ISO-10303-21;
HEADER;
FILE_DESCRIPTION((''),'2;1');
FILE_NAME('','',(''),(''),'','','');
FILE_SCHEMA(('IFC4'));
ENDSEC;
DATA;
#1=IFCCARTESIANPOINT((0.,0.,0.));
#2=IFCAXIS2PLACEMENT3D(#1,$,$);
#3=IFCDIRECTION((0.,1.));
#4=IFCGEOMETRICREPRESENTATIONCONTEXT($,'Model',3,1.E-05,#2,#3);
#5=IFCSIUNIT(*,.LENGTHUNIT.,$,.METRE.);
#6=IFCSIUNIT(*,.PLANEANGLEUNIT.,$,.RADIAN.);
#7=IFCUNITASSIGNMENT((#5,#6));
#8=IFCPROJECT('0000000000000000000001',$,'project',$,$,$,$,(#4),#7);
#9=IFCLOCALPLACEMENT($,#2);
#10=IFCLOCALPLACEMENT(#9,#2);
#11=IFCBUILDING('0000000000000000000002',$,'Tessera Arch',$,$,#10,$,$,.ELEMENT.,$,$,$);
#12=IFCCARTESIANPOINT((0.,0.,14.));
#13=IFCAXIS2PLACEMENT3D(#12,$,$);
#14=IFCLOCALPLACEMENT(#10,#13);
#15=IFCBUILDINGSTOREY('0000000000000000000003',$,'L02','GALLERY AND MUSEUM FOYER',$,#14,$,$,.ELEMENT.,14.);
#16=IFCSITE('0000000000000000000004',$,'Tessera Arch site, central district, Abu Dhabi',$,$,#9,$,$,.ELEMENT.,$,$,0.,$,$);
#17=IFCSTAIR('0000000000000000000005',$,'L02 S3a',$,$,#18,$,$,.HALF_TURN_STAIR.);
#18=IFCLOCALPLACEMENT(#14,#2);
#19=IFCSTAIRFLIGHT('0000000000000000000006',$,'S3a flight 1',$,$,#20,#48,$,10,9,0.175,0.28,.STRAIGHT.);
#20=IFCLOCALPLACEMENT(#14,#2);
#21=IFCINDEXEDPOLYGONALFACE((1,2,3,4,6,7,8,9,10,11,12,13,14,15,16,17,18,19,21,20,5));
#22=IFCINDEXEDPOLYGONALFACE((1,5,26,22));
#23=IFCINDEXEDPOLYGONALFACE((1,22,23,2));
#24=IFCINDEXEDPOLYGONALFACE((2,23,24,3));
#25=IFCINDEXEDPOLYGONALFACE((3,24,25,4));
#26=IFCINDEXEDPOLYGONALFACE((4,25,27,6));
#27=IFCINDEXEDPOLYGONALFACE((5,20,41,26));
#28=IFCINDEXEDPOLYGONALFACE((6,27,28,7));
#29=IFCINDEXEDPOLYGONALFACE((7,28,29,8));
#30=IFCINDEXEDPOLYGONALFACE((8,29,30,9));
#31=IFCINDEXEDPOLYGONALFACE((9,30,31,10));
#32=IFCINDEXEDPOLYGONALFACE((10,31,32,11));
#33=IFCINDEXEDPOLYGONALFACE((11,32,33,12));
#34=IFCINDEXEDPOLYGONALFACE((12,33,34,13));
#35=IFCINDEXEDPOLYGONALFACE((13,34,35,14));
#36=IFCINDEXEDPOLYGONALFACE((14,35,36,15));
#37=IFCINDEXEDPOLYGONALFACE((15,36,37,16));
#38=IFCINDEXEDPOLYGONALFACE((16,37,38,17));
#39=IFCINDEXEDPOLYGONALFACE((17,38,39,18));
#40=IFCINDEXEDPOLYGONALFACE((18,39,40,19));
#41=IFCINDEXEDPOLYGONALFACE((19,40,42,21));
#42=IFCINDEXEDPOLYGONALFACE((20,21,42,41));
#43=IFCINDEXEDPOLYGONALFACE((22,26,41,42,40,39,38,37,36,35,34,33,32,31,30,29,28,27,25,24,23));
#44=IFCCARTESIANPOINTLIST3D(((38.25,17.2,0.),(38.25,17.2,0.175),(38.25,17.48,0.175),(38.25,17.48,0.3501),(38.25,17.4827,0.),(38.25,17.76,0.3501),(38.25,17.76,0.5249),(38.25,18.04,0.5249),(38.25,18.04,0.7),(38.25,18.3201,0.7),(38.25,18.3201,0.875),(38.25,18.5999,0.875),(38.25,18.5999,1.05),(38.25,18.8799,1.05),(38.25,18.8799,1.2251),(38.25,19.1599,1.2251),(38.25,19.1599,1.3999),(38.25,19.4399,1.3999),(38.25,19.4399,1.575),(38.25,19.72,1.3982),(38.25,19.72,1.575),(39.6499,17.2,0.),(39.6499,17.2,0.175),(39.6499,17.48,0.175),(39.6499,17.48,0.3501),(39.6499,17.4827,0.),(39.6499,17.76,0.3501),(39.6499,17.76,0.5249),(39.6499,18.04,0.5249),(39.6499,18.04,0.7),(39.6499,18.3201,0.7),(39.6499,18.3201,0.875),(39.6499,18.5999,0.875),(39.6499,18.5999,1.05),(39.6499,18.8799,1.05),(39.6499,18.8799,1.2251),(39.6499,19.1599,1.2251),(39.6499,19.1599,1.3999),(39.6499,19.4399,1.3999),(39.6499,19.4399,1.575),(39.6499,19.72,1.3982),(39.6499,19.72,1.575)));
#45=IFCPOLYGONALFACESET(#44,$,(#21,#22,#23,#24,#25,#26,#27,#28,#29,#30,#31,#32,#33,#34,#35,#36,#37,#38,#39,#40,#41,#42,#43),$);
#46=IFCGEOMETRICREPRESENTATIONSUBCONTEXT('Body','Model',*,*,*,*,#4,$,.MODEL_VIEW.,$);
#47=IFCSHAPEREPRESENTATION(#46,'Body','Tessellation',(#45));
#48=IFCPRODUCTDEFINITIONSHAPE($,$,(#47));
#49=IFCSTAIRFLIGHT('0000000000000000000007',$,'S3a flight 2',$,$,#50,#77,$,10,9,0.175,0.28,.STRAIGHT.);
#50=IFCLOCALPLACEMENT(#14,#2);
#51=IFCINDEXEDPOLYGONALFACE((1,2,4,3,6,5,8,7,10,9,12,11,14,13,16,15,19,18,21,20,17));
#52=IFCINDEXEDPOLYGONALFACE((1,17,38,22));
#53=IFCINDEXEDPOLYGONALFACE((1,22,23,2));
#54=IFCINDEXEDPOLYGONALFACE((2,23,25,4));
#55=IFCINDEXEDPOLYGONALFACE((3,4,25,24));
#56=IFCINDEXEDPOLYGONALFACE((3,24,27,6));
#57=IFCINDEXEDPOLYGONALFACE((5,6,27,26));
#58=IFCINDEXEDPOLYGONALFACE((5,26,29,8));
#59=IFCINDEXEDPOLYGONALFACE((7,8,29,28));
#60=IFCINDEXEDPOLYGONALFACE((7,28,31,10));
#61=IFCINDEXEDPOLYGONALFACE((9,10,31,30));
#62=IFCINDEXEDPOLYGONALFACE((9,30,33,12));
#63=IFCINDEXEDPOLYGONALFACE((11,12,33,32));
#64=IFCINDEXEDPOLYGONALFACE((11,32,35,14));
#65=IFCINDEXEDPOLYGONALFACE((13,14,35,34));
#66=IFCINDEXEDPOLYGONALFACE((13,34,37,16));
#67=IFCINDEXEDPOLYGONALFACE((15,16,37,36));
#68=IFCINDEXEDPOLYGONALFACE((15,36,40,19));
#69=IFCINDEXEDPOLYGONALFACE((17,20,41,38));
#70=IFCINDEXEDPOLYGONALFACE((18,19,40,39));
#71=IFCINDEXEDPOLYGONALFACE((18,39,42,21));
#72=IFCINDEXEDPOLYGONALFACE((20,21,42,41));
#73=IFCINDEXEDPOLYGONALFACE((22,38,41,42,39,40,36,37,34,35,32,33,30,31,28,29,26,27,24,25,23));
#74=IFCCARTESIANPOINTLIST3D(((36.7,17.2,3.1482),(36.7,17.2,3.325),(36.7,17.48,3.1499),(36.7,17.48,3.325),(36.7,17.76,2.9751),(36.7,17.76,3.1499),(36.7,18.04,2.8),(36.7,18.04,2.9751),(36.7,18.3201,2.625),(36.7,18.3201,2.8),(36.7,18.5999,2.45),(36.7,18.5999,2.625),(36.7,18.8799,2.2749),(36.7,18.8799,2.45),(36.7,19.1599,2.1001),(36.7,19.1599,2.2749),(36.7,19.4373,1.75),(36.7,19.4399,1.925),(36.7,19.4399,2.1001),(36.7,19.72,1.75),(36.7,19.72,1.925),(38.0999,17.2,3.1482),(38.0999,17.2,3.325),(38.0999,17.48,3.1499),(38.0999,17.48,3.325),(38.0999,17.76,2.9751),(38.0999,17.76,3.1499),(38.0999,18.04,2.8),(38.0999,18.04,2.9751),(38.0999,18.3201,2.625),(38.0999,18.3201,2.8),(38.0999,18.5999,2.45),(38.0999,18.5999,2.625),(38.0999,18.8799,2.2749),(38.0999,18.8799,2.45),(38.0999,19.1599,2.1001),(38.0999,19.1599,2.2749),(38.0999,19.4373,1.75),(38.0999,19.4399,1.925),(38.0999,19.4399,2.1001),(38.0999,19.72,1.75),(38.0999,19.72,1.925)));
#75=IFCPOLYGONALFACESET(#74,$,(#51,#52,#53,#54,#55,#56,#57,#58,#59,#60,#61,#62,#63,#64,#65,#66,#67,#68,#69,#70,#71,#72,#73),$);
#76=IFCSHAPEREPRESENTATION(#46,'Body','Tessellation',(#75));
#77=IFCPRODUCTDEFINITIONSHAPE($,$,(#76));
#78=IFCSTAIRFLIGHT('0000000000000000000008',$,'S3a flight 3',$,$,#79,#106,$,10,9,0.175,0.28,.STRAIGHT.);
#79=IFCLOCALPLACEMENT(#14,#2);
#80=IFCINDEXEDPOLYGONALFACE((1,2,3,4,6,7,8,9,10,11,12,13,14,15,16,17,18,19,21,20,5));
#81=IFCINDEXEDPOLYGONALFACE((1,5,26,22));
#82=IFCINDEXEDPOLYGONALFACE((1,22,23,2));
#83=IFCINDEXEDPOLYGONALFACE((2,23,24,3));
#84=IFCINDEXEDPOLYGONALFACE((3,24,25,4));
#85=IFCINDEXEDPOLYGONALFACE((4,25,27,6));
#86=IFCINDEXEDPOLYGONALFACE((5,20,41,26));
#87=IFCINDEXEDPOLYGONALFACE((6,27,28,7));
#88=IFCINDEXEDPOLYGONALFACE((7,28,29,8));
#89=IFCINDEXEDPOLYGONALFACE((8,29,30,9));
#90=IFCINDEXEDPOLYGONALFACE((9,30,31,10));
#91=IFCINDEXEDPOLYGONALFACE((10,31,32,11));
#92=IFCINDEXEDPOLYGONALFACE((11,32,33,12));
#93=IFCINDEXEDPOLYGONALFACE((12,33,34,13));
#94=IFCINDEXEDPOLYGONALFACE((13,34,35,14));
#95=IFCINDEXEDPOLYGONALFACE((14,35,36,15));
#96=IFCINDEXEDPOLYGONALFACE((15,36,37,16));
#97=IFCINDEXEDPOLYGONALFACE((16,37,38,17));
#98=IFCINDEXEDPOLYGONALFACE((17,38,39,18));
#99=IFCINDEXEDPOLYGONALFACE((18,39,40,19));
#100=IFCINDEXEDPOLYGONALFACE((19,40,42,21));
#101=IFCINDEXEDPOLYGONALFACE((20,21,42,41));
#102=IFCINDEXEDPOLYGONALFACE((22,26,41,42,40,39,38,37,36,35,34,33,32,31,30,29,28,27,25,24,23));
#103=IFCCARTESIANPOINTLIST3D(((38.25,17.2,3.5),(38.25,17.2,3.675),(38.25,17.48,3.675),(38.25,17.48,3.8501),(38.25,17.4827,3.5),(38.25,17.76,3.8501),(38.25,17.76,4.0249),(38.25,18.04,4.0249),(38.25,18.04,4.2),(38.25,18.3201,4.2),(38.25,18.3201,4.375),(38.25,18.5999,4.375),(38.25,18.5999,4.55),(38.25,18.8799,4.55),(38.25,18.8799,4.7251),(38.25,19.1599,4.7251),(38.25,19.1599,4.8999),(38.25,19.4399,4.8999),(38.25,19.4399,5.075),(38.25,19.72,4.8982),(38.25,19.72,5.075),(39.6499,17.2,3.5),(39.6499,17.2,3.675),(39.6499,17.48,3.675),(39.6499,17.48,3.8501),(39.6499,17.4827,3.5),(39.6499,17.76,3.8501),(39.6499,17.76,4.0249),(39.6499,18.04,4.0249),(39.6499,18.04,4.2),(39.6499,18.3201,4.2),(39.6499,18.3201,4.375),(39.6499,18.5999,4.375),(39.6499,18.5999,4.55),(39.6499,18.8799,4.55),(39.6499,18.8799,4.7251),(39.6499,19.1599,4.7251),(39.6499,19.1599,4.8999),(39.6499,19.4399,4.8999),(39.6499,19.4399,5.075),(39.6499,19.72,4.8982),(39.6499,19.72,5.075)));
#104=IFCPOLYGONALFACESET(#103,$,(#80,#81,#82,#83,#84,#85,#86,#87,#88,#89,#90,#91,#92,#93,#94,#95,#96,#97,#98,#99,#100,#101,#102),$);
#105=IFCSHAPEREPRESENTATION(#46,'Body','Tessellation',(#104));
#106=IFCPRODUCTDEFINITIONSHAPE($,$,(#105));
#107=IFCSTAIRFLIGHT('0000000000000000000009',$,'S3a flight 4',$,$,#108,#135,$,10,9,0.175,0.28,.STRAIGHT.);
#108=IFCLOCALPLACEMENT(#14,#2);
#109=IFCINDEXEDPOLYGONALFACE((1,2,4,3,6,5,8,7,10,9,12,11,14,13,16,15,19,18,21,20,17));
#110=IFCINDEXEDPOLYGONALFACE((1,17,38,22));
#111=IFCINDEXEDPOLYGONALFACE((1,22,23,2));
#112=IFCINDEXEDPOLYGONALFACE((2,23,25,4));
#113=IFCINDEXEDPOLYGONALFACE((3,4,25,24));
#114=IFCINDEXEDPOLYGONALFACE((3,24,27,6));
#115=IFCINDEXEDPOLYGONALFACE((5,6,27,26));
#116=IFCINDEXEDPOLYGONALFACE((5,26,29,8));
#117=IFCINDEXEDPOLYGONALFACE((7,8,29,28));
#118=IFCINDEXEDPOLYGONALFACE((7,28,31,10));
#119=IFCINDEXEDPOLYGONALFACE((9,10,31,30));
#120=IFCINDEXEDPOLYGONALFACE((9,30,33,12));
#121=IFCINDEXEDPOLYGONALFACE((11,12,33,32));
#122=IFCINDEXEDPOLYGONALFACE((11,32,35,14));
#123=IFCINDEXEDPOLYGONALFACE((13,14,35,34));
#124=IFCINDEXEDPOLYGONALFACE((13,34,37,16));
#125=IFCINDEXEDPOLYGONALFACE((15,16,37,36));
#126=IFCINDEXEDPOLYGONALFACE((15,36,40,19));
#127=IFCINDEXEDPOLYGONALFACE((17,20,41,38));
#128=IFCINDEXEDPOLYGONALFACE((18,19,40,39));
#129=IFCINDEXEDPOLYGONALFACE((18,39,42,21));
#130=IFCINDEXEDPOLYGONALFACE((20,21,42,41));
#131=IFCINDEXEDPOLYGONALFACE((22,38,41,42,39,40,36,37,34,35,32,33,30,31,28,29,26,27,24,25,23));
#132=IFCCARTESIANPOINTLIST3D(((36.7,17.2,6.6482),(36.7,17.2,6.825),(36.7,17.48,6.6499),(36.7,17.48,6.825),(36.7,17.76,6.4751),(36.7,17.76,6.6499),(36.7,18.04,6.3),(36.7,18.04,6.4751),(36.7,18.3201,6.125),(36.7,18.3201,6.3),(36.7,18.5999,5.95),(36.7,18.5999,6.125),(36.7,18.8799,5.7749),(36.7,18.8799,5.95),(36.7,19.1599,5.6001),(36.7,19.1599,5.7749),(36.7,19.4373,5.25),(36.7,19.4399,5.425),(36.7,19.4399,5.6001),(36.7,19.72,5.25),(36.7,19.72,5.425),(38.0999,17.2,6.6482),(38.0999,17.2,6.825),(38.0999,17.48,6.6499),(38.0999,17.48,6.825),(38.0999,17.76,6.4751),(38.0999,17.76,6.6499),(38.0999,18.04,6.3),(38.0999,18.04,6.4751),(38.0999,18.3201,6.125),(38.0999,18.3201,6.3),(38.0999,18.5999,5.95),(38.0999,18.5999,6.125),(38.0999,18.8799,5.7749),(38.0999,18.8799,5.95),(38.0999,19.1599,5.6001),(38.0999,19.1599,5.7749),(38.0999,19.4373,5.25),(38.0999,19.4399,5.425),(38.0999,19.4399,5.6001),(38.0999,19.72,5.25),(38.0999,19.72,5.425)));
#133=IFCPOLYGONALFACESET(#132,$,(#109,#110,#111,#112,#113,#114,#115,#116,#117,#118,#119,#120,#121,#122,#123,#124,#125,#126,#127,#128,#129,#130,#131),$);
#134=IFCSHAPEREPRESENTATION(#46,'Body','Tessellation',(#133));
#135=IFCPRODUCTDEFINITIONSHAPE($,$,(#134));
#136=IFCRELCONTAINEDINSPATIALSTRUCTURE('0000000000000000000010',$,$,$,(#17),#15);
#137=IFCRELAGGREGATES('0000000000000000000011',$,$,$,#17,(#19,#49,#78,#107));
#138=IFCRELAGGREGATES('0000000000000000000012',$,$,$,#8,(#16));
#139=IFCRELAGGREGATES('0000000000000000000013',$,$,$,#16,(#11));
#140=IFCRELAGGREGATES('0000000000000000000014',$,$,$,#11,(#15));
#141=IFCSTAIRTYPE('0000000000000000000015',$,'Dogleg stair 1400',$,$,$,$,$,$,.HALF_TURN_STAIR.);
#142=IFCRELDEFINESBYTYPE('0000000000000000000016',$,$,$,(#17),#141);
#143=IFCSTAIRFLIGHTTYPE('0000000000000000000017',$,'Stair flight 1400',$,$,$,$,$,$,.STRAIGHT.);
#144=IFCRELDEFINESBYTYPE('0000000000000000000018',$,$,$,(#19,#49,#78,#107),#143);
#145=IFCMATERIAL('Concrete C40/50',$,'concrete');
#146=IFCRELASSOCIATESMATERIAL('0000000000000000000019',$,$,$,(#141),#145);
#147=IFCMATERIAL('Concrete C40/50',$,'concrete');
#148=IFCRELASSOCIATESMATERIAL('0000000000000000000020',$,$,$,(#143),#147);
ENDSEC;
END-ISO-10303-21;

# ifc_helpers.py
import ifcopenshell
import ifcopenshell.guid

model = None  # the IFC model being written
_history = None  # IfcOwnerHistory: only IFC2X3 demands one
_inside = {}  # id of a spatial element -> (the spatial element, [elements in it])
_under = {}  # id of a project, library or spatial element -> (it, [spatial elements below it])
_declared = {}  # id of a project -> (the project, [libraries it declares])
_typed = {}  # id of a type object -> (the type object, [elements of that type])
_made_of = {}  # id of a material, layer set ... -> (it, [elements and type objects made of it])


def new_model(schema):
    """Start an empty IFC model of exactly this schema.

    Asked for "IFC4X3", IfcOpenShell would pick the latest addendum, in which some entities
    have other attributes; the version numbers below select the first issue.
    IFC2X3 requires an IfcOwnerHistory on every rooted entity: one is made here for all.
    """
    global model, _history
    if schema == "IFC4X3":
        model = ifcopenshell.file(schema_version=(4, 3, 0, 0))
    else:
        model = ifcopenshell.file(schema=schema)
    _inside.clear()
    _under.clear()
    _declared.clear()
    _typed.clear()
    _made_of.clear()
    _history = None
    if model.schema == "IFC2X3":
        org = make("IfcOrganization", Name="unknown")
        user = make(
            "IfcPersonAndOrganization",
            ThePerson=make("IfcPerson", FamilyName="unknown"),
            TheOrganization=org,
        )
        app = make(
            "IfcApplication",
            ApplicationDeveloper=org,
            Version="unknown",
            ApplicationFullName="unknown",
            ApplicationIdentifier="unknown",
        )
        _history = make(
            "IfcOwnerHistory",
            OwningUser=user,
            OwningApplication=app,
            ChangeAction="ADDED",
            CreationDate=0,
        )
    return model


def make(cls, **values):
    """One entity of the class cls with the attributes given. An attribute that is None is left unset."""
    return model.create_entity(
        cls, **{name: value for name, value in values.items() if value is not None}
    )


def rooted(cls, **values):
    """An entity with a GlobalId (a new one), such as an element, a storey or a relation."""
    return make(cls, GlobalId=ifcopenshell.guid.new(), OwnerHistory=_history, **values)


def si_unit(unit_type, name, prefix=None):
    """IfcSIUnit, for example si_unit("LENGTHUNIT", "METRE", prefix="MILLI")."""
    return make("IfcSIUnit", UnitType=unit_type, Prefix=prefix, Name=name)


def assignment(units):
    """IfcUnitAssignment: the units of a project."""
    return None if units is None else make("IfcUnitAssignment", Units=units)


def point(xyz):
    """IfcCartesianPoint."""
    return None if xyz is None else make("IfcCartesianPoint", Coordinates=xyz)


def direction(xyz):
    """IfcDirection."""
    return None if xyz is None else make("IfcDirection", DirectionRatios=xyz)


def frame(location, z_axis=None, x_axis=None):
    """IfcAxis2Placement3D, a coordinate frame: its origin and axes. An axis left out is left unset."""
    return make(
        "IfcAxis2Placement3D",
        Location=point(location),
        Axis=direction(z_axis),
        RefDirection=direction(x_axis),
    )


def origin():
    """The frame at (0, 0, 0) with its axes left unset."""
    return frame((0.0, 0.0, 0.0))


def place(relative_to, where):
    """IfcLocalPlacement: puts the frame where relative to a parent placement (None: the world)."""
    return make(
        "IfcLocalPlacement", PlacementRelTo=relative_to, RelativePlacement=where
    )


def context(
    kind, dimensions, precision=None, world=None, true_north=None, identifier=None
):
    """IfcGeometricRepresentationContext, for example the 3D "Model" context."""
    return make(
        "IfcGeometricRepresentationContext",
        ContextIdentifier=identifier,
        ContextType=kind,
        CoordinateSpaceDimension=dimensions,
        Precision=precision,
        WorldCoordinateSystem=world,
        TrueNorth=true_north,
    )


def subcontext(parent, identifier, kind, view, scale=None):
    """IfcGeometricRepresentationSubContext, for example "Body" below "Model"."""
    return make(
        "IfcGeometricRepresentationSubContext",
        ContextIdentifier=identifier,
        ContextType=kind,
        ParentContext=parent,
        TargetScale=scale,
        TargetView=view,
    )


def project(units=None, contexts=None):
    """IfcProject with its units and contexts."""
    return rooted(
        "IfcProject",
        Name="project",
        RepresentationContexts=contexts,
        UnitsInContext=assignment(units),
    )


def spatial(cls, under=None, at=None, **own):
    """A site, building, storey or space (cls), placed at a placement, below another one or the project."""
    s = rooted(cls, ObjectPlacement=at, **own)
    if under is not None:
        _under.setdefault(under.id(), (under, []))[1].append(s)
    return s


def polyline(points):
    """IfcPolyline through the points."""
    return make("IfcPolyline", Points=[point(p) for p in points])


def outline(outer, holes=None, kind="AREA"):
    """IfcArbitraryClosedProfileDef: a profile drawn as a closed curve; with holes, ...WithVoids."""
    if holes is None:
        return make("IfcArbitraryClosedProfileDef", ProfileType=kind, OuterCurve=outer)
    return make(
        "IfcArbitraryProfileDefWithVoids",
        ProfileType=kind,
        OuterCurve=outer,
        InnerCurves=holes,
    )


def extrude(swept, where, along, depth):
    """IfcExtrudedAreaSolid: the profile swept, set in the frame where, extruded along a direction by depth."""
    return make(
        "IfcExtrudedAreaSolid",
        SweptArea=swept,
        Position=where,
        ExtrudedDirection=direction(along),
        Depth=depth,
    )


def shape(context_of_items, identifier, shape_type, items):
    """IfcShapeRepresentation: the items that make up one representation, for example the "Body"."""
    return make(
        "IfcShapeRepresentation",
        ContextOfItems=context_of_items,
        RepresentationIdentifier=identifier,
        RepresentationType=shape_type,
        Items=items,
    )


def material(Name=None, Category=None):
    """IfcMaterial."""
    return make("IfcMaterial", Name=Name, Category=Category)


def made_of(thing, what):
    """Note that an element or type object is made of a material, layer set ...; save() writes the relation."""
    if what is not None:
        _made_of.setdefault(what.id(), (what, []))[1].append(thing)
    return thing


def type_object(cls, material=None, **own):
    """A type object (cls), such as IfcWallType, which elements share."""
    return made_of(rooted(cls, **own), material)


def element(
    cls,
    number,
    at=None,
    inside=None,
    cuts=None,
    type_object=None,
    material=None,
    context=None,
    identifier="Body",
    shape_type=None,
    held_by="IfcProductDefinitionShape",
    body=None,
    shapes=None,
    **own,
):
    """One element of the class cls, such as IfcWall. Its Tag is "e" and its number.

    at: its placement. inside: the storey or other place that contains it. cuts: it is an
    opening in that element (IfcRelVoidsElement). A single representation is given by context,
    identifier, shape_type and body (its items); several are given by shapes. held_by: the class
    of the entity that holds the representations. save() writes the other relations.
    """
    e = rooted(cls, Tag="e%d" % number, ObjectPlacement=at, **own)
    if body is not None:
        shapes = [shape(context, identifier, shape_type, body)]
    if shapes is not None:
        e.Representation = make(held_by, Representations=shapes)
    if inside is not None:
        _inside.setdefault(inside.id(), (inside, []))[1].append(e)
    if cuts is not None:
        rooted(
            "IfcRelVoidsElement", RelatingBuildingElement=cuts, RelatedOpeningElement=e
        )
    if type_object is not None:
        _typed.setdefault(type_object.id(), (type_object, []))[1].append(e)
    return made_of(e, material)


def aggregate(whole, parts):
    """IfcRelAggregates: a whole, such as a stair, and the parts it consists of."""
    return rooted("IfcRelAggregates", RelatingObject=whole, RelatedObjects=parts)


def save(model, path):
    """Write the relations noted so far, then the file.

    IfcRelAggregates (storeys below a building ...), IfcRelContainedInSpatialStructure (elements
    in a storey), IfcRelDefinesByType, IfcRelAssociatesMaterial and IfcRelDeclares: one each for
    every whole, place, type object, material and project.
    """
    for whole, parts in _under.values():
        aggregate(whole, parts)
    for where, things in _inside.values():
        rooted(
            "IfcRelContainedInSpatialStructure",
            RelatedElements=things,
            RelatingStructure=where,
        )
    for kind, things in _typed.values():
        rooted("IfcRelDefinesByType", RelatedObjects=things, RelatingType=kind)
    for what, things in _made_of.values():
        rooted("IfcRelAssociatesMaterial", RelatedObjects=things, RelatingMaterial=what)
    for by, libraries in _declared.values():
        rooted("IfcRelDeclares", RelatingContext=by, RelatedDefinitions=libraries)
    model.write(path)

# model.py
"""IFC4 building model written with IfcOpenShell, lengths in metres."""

from ifc_helpers import new_model, si_unit, direction, frame, origin, place, context, subcontext, project, spatial, polyline, outline, extrude, material, type_object, element, aggregate, save


model = new_model("IFC4")

# Units and contexts
model_context = context("Model", 3, precision=1e-05, world=origin(), true_north=direction((0.0, 1.0)))
body_context = subcontext(model_context, "Body", "Model", "MODEL_VIEW")
ifc_project = project(units=[si_unit("LENGTHUNIT", "METRE"), si_unit("PLANEANGLEUNIT", "RADIAN")], contexts=[model_context])

# Site, building, storey
site_placement = place(None, origin())
site = spatial("IfcSite", under=ifc_project, at=site_placement, Name="Tessera Arch site, central district, Abu Dhabi", CompositionType="ELEMENT", RefElevation=0.0)
building_placement = place(site_placement, origin())
building = spatial("IfcBuilding", under=site, at=building_placement, Name="Tessera Arch", CompositionType="ELEMENT")
storey_placement = place(building_placement, frame((0.0, 0.0, 14.0)))
storey = spatial("IfcBuildingStorey", under=building, at=storey_placement, Name="L02", Description="GALLERY AND MUSEUM FOYER", CompositionType="ELEMENT", Elevation=14.0)

# Stair, stair flights
ifc_material_1 = material(Name="Concrete C40/50", Category="concrete")
stair_type = type_object("IfcStairType", Name="Dogleg stair 1400", PredefinedType="HALF_TURN_STAIR", material=ifc_material_1)
stair_placement = place(storey_placement, origin())
stair = element("IfcStair", 1, at=stair_placement, inside=storey, type_object=stair_type, Name="L02 S3a", PredefinedType="HALF_TURN_STAIR")
ifc_material_2 = material(Name="Concrete C40/50", Category="concrete")
stair_flight_type = type_object("IfcStairFlightType", Name="Stair flight 1400", PredefinedType="STRAIGHT", material=ifc_material_2)
stair_flight_1_placement = place(storey_placement, frame((38.95, 17.2, 0.0), z_axis=(0.0, 0.0, 1.0), x_axis=(0.0, 1.0, 0.0)))
stair_flight_1 = element("IfcStairFlight", 2, at=stair_flight_1_placement, type_object=stair_flight_type, Name="S3a flight 1", NumberOfRisers=10, NumberOfTreads=9, PredefinedType="STRAIGHT", RiserHeight=0.175, TreadLength=0.28, context=body_context, shape_type="SweptSolid", body=[
    extrude(outline(polyline([(0.0, 0.0), (0.0, 0.175), (0.28, 0.175), (0.28, 0.3501), (0.5601, 0.3501), (0.5601, 0.5249), (0.8401, 0.5249), (0.8401, 0.7), (1.1201, 0.7), (1.1201, 0.875), (1.3999, 0.875), (1.3999, 1.05), (1.6799, 1.05), (1.6799, 1.2251), (1.96, 1.2251), (1.96, 1.3999), (2.24, 1.3999), (2.24, 1.575), (2.52, 1.575), (2.52, 1.75), (2.52, 1.3982), (0.2827, 0.0), (0.0, 0.0)])), frame((0.0, 0.7, 0.0), z_axis=(0.0, -1.0, 0.0), x_axis=(1.0, 0.0, 0.0)), (0.0, 0.0, 1.0), 1.3999),
])
stair_flight_2_placement = place(storey_placement, frame((37.3999, 19.72, 1.75), z_axis=(0.0, 0.0, 1.0), x_axis=(0.0, -1.0, 0.0)))
stair_flight_2 = element("IfcStairFlight", 3, at=stair_flight_2_placement, type_object=stair_flight_type, Name="S3a flight 2", NumberOfRisers=10, NumberOfTreads=9, PredefinedType="STRAIGHT", RiserHeight=0.175, TreadLength=0.28, context=body_context, shape_type="SweptSolid", body=[
    extrude(outline(polyline([(0.0, 0.0), (0.0, 0.175), (0.28, 0.175), (0.28, 0.3501), (0.5601, 0.3501), (0.5601, 0.5249), (0.8401, 0.5249), (0.8401, 0.7), (1.1201, 0.7), (1.1201, 0.875), (1.3999, 0.875), (1.3999, 1.05), (1.6799, 1.05), (1.6799, 1.2251), (1.96, 1.2251), (1.96, 1.3999), (2.24, 1.3999), (2.24, 1.575), (2.52, 1.575), (2.52, 1.75), (2.52, 1.3982), (0.2827, 0.0), (0.0, 0.0)])), frame((0.0, 0.7, 0.0), z_axis=(0.0, -1.0, 0.0), x_axis=(1.0, 0.0, 0.0)), (0.0, 0.0, 1.0), 1.3999),
])
stair_flight_3_placement = place(storey_placement, frame((38.95, 17.2, 3.5), z_axis=(0.0, 0.0, 1.0), x_axis=(0.0, 1.0, 0.0)))
stair_flight_3 = element("IfcStairFlight", 4, at=stair_flight_3_placement, type_object=stair_flight_type, Name="S3a flight 3", NumberOfRisers=10, NumberOfTreads=9, PredefinedType="STRAIGHT", RiserHeight=0.175, TreadLength=0.28, context=body_context, shape_type="SweptSolid", body=[
    extrude(outline(polyline([(0.0, 0.0), (0.0, 0.175), (0.28, 0.175), (0.28, 0.3501), (0.5601, 0.3501), (0.5601, 0.5249), (0.8401, 0.5249), (0.8401, 0.7), (1.1201, 0.7), (1.1201, 0.875), (1.3999, 0.875), (1.3999, 1.05), (1.6799, 1.05), (1.6799, 1.2251), (1.96, 1.2251), (1.96, 1.3999), (2.24, 1.3999), (2.24, 1.575), (2.52, 1.575), (2.52, 1.75), (2.52, 1.3982), (0.2827, 0.0), (0.0, 0.0)])), frame((0.0, 0.7, 0.0), z_axis=(0.0, -1.0, 0.0), x_axis=(1.0, 0.0, 0.0)), (0.0, 0.0, 1.0), 1.3999),
])
stair_flight_4_placement = place(storey_placement, frame((37.3999, 19.72, 5.25), z_axis=(0.0, 0.0, 1.0), x_axis=(0.0, -1.0, 0.0)))
stair_flight_4 = element("IfcStairFlight", 5, at=stair_flight_4_placement, type_object=stair_flight_type, Name="S3a flight 4", NumberOfRisers=10, NumberOfTreads=9, PredefinedType="STRAIGHT", RiserHeight=0.175, TreadLength=0.28, context=body_context, shape_type="SweptSolid", body=[
    extrude(outline(polyline([(0.0, 0.0), (0.0, 0.175), (0.28, 0.175), (0.28, 0.3501), (0.5601, 0.3501), (0.5601, 0.5249), (0.8401, 0.5249), (0.8401, 0.7), (1.1201, 0.7), (1.1201, 0.875), (1.3999, 0.875), (1.3999, 1.05), (1.6799, 1.05), (1.6799, 1.2251), (1.96, 1.2251), (1.96, 1.3999), (2.24, 1.3999), (2.24, 1.575), (2.52, 1.575), (2.52, 1.75), (2.52, 1.3982), (0.2827, 0.0), (0.0, 0.0)])), frame((0.0, 0.7, 0.0), z_axis=(0.0, -1.0, 0.0), x_axis=(1.0, 0.0, 0.0)), (0.0, 0.0, 1.0), 1.3999),
])
aggregate(stair, [stair_flight_1, stair_flight_2, stair_flight_3, stair_flight_4])

save(model, "model.ifc")
